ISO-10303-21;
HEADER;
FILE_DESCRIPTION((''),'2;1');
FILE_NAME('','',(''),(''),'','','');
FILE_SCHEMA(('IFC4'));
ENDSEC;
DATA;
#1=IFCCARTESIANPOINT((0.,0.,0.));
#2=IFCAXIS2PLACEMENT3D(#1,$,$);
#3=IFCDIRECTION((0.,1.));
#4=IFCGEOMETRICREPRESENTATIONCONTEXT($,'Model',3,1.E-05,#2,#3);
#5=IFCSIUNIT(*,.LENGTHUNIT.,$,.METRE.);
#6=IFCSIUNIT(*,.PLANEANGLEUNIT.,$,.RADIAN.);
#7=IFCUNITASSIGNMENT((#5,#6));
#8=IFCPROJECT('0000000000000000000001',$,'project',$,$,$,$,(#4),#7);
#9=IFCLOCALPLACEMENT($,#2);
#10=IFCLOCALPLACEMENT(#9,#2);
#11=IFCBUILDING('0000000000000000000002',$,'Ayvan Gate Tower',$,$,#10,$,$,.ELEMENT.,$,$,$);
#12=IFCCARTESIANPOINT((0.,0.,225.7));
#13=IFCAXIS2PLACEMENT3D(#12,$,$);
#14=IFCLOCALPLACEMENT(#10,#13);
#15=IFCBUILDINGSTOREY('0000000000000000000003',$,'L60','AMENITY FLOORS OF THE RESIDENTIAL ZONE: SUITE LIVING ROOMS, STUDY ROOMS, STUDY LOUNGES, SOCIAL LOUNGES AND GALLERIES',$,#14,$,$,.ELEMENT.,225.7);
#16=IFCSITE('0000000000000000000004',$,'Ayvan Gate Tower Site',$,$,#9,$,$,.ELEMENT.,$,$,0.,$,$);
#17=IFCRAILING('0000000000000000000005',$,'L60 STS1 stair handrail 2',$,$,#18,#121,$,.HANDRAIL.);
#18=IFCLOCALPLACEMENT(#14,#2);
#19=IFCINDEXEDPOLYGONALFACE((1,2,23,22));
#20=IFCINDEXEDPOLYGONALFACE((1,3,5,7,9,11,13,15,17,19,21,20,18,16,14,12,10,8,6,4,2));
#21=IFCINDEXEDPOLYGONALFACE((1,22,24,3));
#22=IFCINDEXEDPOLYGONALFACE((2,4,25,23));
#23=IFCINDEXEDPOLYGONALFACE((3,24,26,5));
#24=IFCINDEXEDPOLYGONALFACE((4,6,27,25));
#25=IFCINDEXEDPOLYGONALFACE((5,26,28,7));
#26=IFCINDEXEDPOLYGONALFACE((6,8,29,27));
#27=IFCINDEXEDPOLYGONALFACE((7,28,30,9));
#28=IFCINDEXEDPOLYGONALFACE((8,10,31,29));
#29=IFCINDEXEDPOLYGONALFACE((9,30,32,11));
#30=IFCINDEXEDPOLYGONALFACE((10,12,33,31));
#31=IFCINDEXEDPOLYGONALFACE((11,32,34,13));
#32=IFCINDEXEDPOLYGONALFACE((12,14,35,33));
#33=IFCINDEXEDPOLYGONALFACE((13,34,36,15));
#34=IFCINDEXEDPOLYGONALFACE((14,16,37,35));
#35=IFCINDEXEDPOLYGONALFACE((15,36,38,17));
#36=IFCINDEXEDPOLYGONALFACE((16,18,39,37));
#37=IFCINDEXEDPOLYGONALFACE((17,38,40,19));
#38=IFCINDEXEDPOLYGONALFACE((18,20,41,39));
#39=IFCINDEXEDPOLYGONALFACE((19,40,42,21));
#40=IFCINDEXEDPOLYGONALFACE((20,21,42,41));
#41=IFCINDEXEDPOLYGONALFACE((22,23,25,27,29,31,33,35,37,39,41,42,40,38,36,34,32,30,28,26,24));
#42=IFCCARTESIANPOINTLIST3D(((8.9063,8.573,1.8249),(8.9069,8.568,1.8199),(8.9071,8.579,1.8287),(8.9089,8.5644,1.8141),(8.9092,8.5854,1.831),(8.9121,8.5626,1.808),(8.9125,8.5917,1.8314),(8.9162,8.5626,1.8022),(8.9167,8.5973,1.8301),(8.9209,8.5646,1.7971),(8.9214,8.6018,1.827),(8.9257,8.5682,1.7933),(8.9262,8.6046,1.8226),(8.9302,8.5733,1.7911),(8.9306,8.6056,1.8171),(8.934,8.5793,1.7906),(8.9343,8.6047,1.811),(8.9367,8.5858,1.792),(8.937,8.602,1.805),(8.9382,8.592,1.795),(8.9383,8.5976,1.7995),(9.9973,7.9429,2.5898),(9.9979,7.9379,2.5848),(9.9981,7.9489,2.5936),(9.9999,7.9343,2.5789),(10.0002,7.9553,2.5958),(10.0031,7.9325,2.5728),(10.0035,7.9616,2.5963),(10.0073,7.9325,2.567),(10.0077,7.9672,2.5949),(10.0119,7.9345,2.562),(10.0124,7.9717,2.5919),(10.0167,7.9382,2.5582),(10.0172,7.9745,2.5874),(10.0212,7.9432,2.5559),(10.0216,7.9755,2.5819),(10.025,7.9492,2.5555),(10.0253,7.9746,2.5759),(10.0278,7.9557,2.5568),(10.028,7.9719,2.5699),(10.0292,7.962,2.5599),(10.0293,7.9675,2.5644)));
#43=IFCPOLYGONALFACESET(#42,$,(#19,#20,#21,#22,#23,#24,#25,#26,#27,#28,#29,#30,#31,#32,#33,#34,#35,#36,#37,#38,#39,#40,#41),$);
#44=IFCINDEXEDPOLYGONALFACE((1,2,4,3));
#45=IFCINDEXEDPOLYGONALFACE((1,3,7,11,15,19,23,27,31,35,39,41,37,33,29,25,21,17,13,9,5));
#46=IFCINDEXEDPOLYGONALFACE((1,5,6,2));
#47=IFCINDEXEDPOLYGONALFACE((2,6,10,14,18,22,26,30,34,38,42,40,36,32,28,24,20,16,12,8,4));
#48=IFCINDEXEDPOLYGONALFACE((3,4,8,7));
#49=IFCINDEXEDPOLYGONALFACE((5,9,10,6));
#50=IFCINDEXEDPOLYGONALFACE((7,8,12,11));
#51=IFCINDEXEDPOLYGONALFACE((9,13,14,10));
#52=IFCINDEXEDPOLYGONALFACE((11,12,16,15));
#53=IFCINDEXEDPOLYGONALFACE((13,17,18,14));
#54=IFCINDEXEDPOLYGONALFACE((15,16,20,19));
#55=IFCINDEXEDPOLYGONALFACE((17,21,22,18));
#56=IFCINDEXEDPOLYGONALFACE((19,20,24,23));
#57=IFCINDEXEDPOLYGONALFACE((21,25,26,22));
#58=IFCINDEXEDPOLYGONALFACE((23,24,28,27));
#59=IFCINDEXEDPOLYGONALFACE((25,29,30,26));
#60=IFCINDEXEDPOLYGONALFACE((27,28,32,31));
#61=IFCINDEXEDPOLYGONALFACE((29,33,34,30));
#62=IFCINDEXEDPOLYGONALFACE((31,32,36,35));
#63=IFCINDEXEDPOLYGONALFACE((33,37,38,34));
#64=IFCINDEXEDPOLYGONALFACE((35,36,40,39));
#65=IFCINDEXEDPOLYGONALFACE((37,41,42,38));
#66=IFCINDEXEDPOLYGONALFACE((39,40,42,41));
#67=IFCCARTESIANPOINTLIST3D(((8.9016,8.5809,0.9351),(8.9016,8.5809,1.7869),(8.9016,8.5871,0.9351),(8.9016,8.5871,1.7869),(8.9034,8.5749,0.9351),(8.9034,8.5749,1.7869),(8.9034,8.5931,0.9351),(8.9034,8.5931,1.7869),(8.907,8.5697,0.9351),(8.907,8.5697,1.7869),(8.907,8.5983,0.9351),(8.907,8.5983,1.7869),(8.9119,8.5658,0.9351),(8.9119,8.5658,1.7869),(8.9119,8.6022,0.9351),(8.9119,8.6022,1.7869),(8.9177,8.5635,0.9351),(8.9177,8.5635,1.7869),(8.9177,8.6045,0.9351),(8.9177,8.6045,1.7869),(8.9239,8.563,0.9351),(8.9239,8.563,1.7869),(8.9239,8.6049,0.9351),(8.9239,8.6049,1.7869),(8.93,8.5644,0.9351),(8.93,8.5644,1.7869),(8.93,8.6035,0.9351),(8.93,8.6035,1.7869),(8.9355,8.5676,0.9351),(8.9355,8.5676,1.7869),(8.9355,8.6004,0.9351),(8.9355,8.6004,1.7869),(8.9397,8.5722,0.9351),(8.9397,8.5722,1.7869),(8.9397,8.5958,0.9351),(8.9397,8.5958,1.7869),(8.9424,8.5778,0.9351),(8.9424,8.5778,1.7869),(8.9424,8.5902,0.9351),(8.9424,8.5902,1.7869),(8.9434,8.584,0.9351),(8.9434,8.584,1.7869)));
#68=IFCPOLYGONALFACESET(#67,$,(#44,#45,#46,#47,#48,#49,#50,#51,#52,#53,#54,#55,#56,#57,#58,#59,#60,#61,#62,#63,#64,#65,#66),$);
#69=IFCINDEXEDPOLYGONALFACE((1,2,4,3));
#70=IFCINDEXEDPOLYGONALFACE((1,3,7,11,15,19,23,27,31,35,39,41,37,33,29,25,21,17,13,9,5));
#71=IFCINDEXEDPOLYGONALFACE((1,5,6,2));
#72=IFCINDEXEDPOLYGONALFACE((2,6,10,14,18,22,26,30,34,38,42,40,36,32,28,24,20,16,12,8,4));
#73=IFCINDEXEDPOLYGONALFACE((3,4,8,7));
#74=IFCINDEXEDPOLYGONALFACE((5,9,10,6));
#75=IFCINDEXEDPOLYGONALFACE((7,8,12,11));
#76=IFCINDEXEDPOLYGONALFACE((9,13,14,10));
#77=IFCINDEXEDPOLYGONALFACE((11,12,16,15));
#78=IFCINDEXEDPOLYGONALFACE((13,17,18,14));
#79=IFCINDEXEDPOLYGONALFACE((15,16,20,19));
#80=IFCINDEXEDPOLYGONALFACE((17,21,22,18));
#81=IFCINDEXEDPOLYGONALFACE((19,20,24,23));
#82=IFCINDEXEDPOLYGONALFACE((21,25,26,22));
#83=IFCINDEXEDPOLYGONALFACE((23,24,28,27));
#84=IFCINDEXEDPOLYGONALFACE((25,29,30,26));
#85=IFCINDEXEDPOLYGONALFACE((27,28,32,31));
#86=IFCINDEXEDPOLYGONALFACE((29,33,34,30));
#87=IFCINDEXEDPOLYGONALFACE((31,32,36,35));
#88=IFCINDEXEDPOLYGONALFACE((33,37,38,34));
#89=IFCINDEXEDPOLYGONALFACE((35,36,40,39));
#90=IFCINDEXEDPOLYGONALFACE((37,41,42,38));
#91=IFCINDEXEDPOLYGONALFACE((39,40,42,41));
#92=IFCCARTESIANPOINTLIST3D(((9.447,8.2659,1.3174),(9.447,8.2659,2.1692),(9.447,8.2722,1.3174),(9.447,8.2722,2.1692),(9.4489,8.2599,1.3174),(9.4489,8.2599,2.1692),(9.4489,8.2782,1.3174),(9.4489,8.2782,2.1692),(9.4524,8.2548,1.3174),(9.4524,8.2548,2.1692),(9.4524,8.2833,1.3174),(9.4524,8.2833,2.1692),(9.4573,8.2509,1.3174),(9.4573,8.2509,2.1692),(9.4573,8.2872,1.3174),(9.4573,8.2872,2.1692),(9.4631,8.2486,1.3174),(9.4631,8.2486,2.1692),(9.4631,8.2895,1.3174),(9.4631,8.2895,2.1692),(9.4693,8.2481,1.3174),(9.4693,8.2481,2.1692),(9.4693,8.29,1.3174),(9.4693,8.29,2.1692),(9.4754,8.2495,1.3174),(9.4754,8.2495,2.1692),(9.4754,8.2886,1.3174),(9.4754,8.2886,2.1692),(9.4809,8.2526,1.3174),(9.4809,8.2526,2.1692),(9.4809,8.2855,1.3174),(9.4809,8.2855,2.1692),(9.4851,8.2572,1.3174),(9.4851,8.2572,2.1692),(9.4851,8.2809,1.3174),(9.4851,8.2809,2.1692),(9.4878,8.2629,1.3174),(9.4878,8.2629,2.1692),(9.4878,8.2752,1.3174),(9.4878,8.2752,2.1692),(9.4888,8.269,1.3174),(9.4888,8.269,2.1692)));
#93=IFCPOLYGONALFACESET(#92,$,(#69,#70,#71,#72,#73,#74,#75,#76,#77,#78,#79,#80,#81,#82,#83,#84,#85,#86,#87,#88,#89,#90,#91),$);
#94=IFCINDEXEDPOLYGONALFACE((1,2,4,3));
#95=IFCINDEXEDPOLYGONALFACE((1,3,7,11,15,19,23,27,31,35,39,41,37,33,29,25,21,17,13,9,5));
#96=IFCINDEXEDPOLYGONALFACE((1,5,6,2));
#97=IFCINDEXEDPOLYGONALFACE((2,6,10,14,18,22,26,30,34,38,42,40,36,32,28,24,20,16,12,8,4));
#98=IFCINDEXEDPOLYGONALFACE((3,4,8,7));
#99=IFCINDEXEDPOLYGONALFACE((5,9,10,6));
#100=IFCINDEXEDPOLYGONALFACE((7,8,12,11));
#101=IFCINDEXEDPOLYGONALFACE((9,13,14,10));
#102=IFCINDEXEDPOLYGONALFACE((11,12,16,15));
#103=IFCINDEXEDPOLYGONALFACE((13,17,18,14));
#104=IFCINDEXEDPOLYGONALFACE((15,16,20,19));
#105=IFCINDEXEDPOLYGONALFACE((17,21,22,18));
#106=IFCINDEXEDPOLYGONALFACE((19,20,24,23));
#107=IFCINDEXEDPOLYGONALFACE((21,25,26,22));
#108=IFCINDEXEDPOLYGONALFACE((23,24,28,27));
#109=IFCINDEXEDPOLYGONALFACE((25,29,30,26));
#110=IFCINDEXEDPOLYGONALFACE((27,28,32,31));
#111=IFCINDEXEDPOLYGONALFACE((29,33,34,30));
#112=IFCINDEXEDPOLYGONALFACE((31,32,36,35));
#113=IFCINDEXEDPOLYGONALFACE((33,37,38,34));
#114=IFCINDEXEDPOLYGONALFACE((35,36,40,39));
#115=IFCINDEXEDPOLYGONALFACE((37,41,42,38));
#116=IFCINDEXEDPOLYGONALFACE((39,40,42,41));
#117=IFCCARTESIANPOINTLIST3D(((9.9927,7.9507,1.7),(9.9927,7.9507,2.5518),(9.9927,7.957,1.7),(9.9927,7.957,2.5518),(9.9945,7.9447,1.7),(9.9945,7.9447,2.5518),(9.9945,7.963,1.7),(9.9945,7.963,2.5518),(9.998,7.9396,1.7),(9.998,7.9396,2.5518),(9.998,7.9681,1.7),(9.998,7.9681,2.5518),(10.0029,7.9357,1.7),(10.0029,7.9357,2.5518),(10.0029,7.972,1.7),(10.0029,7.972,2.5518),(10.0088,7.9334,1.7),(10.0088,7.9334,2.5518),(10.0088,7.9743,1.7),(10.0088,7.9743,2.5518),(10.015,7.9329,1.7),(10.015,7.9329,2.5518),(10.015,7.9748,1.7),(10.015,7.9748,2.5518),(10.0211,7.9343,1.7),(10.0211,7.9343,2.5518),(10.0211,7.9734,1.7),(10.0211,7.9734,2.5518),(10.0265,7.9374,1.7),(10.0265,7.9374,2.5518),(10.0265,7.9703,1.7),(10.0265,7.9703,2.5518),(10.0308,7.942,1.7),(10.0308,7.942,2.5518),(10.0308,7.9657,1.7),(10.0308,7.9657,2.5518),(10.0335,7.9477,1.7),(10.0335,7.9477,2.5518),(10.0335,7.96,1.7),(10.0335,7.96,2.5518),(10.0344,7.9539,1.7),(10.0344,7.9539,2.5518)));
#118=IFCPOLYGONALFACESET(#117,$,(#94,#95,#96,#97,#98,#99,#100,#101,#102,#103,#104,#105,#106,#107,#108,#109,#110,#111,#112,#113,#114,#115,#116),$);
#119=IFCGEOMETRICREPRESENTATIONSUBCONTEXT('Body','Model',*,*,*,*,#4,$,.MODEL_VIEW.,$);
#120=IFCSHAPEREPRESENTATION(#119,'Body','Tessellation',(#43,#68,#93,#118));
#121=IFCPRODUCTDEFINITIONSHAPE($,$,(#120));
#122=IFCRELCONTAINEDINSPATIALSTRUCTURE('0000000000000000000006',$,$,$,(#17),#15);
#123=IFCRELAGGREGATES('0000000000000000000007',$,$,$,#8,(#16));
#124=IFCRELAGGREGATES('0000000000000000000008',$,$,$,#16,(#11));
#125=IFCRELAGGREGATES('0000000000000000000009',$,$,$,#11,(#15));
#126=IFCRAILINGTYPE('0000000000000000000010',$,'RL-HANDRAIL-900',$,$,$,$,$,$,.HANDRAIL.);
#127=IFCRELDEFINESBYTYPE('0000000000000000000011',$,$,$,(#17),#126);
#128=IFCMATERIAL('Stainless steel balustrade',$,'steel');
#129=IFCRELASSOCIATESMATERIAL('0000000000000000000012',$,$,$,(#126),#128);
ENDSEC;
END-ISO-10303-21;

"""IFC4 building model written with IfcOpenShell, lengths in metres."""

from ifc_helpers import new_model, si_unit, direction, frame, origin, origin_2d, place, context, subcontext, project, spatial, circle, extrude, material, type_object, element, save


model = new_model("IFC4")

# Units and contexts
model_context = context("Model", 3, precision=1e-05, world=origin(), true_north=direction((0.0, 1.0)))
body_context = subcontext(model_context, "Body", "Model", "MODEL_VIEW")
ifc_project = project(units=[si_unit("LENGTHUNIT", "METRE"), si_unit("PLANEANGLEUNIT", "RADIAN")], contexts=[model_context])

# Site, building, storey
site_placement = place(None, origin())
site = spatial("IfcSite", under=ifc_project, at=site_placement, Name="Ayvan Gate Tower Site", CompositionType="ELEMENT", RefElevation=0.0)
building_placement = place(site_placement, origin())
building = spatial("IfcBuilding", under=site, at=building_placement, Name="Ayvan Gate Tower", CompositionType="ELEMENT")
storey_placement = place(building_placement, frame((0.0, 0.0, 225.7)))
storey = spatial("IfcBuildingStorey", under=building, at=storey_placement, Name="L60", Description="AMENITY FLOORS OF THE RESIDENTIAL ZONE: SUITE LIVING ROOMS, STUDY ROOMS, STUDY LOUNGES, SOCIAL LOUNGES AND GALLERIES", CompositionType="ELEMENT", Elevation=225.7)

# Railing
ifc_material_1 = material(Name="Stainless steel balustrade", Category="steel")
railing_type_1 = type_object("IfcRailingType", Name="RL-HANDRAIL-900", PredefinedType="HANDRAIL", material=ifc_material_1)
railing_1_placement = place(storey_placement, frame((8.9224, 8.584, 0.9351)))
element("IfcRailing", 1, at=railing_1_placement, inside=storey, type_object=railing_type_1, Name="L60 STS1 stair handrail 2", PredefinedType="HANDRAIL", context=body_context, shape_type="SweptSolid", body=[
    extrude(circle(Radius=0.0239, at=origin_2d()), frame((0.0, 0.0, 0.876), z_axis=(0.740229, -0.427508, 0.518939), x_axis=(0.500119, 0.865956, 0.0)), (0.0, 0.0, 1.0), 1.4739),
    extrude(circle(Radius=0.021, at=origin_2d()), origin(), (0.0, 0.0, 1.0), 0.8518),
    extrude(circle(Radius=0.021, at=origin_2d()), frame((0.5454, -0.3149, 0.3823)), (0.0, 0.0, 1.0), 0.8518),
    extrude(circle(Radius=0.021, at=origin_2d()), frame((1.0911, -0.6301, 0.7649)), (0.0, 0.0, 1.0), 0.8518),
])

save(model, "model.ifc")
